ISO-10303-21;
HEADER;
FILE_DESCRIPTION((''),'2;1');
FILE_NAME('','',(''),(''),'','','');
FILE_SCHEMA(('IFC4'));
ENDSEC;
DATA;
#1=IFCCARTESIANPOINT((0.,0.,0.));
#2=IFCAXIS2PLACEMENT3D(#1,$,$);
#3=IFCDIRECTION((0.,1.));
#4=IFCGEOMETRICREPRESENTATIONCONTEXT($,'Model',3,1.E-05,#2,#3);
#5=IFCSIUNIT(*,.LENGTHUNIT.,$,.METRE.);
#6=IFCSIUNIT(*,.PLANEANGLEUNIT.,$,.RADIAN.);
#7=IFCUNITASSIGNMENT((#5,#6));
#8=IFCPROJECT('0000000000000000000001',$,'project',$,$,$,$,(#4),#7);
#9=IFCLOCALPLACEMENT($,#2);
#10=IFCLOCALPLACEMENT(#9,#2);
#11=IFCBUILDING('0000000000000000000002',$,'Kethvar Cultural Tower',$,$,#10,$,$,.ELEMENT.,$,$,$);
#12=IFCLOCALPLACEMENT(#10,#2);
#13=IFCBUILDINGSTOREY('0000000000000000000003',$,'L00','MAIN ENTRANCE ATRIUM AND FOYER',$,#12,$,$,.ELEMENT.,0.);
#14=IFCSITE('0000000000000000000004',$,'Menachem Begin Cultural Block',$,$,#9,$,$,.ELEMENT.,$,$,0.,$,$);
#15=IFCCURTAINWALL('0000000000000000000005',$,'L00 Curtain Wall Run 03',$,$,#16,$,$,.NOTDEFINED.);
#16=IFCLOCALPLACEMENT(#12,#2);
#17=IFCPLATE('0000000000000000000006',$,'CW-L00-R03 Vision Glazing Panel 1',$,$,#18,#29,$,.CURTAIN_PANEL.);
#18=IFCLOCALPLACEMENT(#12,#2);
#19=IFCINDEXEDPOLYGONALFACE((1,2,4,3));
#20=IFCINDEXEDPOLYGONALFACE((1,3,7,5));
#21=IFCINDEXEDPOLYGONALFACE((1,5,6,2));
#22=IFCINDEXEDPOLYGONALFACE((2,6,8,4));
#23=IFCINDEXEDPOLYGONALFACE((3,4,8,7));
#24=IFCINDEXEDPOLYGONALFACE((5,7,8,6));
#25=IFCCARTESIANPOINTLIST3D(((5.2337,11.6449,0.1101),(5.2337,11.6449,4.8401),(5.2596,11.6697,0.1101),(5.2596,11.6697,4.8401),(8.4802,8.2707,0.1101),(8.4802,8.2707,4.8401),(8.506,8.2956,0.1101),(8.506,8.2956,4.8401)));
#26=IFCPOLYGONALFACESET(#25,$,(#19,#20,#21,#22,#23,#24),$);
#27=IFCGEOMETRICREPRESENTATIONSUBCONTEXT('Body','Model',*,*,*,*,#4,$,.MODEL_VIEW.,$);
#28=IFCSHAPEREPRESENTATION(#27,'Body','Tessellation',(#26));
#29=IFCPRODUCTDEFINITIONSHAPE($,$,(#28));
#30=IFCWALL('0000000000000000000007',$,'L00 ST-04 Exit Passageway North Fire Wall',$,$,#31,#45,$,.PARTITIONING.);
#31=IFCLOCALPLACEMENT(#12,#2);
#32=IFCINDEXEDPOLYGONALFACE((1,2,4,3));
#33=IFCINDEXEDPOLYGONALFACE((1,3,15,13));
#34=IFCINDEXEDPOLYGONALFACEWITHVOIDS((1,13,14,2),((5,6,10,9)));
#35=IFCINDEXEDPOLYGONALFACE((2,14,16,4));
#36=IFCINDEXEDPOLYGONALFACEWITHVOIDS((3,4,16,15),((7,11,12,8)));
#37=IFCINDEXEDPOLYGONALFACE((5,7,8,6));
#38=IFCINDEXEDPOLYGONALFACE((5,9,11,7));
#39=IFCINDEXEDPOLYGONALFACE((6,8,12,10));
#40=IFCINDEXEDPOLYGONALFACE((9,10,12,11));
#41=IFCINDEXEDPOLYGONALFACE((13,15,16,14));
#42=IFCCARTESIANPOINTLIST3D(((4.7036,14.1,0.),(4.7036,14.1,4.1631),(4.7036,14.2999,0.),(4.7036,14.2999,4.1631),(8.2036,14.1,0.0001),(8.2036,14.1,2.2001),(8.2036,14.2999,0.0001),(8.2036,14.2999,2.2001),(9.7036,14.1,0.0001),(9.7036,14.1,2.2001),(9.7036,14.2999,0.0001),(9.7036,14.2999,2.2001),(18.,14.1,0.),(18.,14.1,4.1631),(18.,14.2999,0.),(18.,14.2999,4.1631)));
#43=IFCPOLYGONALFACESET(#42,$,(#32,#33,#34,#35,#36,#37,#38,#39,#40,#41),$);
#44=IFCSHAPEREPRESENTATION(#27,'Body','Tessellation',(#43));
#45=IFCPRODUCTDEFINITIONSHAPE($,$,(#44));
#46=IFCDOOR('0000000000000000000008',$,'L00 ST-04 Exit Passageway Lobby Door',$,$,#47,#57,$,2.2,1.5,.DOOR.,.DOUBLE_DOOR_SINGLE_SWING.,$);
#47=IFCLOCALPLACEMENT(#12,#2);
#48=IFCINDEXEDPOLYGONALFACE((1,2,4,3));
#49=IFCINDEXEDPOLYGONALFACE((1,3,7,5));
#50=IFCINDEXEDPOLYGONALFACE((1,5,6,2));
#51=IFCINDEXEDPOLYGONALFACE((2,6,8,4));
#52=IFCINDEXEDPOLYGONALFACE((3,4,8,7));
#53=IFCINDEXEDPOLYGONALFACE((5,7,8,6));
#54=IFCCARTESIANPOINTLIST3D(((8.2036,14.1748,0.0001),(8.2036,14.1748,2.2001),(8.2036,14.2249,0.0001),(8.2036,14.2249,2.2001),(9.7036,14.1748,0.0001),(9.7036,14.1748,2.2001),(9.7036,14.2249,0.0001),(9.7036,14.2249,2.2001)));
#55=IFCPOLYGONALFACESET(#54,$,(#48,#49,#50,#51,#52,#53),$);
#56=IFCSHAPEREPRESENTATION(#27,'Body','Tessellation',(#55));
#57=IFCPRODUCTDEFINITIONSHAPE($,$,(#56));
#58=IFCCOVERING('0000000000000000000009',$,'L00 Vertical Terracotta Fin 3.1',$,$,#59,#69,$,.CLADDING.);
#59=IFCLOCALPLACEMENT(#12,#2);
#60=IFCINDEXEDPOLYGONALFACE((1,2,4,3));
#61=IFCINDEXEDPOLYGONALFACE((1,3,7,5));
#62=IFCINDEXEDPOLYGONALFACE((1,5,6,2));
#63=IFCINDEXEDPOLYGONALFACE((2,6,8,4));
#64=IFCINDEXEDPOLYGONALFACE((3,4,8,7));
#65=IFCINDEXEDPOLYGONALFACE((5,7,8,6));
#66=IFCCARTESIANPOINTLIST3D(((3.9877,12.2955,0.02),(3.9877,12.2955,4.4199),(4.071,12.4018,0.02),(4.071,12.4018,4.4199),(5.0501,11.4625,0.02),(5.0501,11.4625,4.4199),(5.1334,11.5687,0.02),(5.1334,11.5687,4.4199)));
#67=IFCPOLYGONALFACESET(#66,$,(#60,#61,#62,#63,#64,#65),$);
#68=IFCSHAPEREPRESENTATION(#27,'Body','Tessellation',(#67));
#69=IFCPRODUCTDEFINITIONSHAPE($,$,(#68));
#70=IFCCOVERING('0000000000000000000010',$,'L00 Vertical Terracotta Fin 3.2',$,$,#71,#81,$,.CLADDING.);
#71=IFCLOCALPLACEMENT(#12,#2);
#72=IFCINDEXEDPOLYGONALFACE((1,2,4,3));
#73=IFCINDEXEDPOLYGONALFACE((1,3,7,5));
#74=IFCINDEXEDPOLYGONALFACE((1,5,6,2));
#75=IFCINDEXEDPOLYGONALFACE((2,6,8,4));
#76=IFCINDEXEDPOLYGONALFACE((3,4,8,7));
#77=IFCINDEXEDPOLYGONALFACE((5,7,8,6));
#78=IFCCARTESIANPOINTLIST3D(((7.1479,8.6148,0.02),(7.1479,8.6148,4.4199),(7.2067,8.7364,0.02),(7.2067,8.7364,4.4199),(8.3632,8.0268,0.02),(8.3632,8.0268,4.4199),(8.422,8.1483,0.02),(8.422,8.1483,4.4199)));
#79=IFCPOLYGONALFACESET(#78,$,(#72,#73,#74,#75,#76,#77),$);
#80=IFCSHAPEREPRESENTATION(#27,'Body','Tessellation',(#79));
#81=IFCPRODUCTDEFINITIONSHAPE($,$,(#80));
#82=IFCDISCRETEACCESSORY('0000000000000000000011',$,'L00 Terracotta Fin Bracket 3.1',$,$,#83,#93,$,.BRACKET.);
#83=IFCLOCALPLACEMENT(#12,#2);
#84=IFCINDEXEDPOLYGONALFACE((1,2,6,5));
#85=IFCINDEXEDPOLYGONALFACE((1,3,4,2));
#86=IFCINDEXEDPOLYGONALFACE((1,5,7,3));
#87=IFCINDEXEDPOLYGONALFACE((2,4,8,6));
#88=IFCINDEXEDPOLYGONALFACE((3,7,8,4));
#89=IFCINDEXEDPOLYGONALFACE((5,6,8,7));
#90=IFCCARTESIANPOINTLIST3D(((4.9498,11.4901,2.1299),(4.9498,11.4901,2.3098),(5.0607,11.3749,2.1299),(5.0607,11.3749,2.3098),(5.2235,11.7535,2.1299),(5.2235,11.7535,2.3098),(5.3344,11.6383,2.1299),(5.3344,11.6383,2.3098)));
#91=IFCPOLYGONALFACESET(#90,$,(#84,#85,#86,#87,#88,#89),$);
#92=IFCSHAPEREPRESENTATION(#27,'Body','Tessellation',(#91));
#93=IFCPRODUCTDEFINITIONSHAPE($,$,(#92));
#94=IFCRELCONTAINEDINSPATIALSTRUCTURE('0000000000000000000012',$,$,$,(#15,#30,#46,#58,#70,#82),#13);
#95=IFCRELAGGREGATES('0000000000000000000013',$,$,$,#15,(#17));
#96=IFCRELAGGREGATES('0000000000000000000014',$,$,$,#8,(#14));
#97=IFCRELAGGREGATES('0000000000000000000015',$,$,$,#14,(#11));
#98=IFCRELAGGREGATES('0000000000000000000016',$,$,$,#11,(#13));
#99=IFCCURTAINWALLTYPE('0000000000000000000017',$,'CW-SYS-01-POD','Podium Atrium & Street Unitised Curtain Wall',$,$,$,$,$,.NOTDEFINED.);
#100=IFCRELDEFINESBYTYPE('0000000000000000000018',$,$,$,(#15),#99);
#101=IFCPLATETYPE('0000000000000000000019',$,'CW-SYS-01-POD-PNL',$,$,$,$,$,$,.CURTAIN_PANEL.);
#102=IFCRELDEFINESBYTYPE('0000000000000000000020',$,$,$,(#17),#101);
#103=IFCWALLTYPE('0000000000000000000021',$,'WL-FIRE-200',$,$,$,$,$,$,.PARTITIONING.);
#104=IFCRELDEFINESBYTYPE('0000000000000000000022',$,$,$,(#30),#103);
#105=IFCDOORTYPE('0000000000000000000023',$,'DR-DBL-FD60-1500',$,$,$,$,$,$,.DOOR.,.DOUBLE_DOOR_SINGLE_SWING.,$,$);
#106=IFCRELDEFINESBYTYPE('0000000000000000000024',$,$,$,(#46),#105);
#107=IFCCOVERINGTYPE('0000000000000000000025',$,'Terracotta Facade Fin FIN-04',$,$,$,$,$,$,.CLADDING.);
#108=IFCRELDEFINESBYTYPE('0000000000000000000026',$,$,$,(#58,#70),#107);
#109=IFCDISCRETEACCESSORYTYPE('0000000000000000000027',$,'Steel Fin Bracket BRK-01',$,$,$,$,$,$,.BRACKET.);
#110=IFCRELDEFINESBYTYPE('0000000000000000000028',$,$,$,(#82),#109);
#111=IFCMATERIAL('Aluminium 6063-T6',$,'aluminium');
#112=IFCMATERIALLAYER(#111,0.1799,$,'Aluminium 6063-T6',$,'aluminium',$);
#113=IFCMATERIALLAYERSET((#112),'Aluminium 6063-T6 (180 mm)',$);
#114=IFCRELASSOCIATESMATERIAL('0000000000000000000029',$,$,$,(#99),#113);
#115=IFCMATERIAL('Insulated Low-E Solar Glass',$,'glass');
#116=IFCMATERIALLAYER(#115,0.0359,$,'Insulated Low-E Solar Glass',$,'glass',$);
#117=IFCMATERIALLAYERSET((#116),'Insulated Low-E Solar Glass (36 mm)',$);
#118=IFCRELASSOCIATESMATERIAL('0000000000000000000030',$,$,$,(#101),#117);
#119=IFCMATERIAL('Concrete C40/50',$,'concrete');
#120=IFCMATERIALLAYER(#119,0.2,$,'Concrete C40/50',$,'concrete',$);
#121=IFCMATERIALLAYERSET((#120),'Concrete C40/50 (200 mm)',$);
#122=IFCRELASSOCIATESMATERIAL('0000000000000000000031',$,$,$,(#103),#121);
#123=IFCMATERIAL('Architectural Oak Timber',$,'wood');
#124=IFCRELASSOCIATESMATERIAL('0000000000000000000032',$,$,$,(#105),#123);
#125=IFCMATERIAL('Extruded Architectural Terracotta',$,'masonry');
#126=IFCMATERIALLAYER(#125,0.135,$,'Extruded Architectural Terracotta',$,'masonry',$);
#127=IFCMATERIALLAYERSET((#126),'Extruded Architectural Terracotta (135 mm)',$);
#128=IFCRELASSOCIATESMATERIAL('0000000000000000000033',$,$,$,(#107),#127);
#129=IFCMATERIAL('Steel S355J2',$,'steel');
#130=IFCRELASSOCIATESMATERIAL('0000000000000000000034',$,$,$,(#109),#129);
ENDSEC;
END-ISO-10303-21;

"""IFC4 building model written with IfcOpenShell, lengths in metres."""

from ifc_helpers import new_model, si_unit, direction, frame, frame_2d, origin, origin_2d, place, context, subcontext, project, spatial, rectangle, extrude, source, transform, mapped, material, layer, layer_set, type_object, element, fill, aggregate, save


model = new_model("IFC4")

# Units and contexts
model_context = context("Model", 3, precision=1e-05, world=origin(), true_north=direction((0.0, 1.0)))
body_context = subcontext(model_context, "Body", "Model", "MODEL_VIEW")
ifc_project = project(units=[si_unit("LENGTHUNIT", "METRE"), si_unit("PLANEANGLEUNIT", "RADIAN")], contexts=[model_context])

# Site, building, storey
site_placement = place(None, origin())
site = spatial("IfcSite", under=ifc_project, at=site_placement, Name="Menachem Begin Cultural Block", CompositionType="ELEMENT", RefElevation=0.0)
building_placement = place(site_placement, origin())
building = spatial("IfcBuilding", under=site, at=building_placement, Name="Kethvar Cultural Tower", CompositionType="ELEMENT")
storey_placement = place(building_placement, origin())
storey = spatial("IfcBuildingStorey", under=building, at=storey_placement, Name="L00", Description="MAIN ENTRANCE ATRIUM AND FOYER", CompositionType="ELEMENT", Elevation=0.0)

# Shared definitions
ifc_material_1 = material(Name="Steel S355J2", Category="steel")

# Curtain wall, plate
ifc_material_2 = material(Name="Aluminium 6063-T6", Category="aluminium")
ifc_layer_1 = layer(ifc_material_2, 0.1799, Name="Aluminium 6063-T6", Category="aluminium")
ifc_layer_set_1 = layer_set([ifc_layer_1], Name="Aluminium 6063-T6 (180 mm)")
curtain_wall_type = type_object("IfcCurtainWallType", Name="CW-SYS-01-POD", Description="Podium Atrium & Street Unitised Curtain Wall", PredefinedType="NOTDEFINED", material=ifc_layer_set_1)
curtain_wall_placement = place(storey_placement, origin())
curtain_wall = element("IfcCurtainWall", 1, at=curtain_wall_placement, inside=storey, type_object=curtain_wall_type, Name="L00 Curtain Wall Run 03", PredefinedType="NOTDEFINED")
ifc_material_3 = material(Name="Insulated Low-E Solar Glass", Category="glass")
ifc_layer_2 = layer(ifc_material_3, 0.0359, Name="Insulated Low-E Solar Glass", Category="glass")
ifc_layer_set_2 = layer_set([ifc_layer_2], Name="Insulated Low-E Solar Glass (36 mm)")
plate_type = type_object("IfcPlateType", Name="CW-SYS-01-POD-PNL", PredefinedType="CURTAIN_PANEL", material=ifc_layer_set_2)
shared_shape_1 = source(origin(), body_context, "Body", "SweptSolid", [
    extrude(rectangle(XDim=4.6824, YDim=0.0359, at=origin_2d()), origin(), (0.0, 0.0, 1.0), 4.73),
])
plate_placement = place(storey_placement, frame((6.8699, 9.9702, 0.1101), z_axis=(0.0, 0.0, 1.0), x_axis=(0.693339, -0.720612, 0.0)))
plate = element("IfcPlate", 2, at=plate_placement, type_object=plate_type, Name="CW-L00-R03 Vision Glazing Panel 1", PredefinedType="CURTAIN_PANEL", context=body_context, shape_type="MappedRepresentation", body=[
    mapped(shared_shape_1, transform((0.0, 0.0, 0.0), scale=1.0)),
])
aggregate(curtain_wall, [plate])

# Wall, opening, door
ifc_material_4 = material(Name="Concrete C40/50", Category="concrete")
ifc_layer_3 = layer(ifc_material_4, 0.2, Name="Concrete C40/50", Category="concrete")
ifc_layer_set_3 = layer_set([ifc_layer_3], Name="Concrete C40/50 (200 mm)")
wall_type_1 = type_object("IfcWallType", Name="WL-FIRE-200", PredefinedType="PARTITIONING", material=ifc_layer_set_3)
wall_1_placement = place(storey_placement, frame((4.7036, 14.2, 0.0), z_axis=(0.0, 0.0, 1.0), x_axis=(1.0, 0.0, 0.0)))
wall_1 = element("IfcWall", 3, at=wall_1_placement, inside=storey, type_object=wall_type_1, Name="L00 ST-04 Exit Passageway North Fire Wall", PredefinedType="PARTITIONING", context=body_context, shape_type="SweptSolid", body=[
    extrude(rectangle(XDim=13.2964, YDim=0.2, at=frame_2d((6.6482, 0.0))), origin(), (0.0, 0.0, 1.0), 4.1631),
])
opening_1_placement = place(wall_1_placement, frame((3.5, 0.0, 0.0)))
opening_1 = element("IfcOpeningElement", 4, at=opening_1_placement, cuts=wall_1, PredefinedType="OPENING", context=body_context, shape_type="SweptSolid", body=[
    extrude(rectangle(XDim=1.5, YDim=2.2, at=frame_2d((0.75, 1.1001))), frame((0.0, 0.1099, 0.0), z_axis=(0.0, -1.0, 0.0), x_axis=(1.0, 0.0, 0.0)), (0.0, 0.0, 1.0), 0.22),
])
ifc_material_5 = material(Name="Architectural Oak Timber", Category="wood")
door_type_1 = type_object("IfcDoorType", Name="DR-DBL-FD60-1500", OperationType="DOUBLE_DOOR_SINGLE_SWING", PredefinedType="DOOR", material=ifc_material_5)
shared_shape_2 = source(origin(), body_context, "Body", "SweptSolid", [
    extrude(rectangle(XDim=1.5, YDim=2.2, at=frame_2d((0.75, 1.1001))), frame((0.0, 0.0249, 0.0), z_axis=(0.0, -1.0, 0.0), x_axis=(1.0, 0.0, 0.0)), (0.0, 0.0, 1.0), 0.05),
])
door_1_placement = place(opening_1_placement, origin())
door_1 = element("IfcDoor", 5, at=door_1_placement, inside=storey, type_object=door_type_1, Name="L00 ST-04 Exit Passageway Lobby Door", OperationType="DOUBLE_DOOR_SINGLE_SWING", OverallHeight=2.2, OverallWidth=1.5, PredefinedType="DOOR", context=body_context, shape_type="MappedRepresentation", body=[
    mapped(shared_shape_2, transform((0.0, 0.0, 0.0), scale=1.0)),
])
fill(opening_1, door_1)

# Coverings
ifc_material_6 = material(Name="Extruded Architectural Terracotta", Category="masonry")
ifc_layer_4 = layer(ifc_material_6, 0.135, Name="Extruded Architectural Terracotta", Category="masonry")
ifc_layer_set_4 = layer_set([ifc_layer_4], Name="Extruded Architectural Terracotta (135 mm)")
covering_type = type_object("IfcCoveringType", Name="Terracotta Facade Fin FIN-04", PredefinedType="CLADDING", material=ifc_layer_set_4)
shared_shape_3 = source(origin(), body_context, "Body", "SweptSolid", [
    extrude(rectangle(XDim=1.3501, YDim=0.135, at=origin_2d()), origin(), (0.0, 0.0, 1.0), 4.3999),
])
for number, where, z_axis, x_axis, name in (
    (6, (4.5605, 11.9321, 0.02), (0.0, 0.0, 1.0), (-0.786935, 0.617036, 0.0), "L00 Vertical Terracotta Fin 3.1"),
    (7, (7.7849, 8.3816, 0.02), (0.0, 0.0, 1.0), (-0.900167, 0.435545, 0.0), "L00 Vertical Terracotta Fin 3.2"),
):
    element("IfcCovering", number, at=place(storey_placement, frame(where, z_axis=z_axis, x_axis=x_axis)), inside=storey, type_object=covering_type, Name=name, PredefinedType="CLADDING", context=body_context, shape_type="MappedRepresentation", body=[
        mapped(shared_shape_3, transform((0.0, 0.0, 0.0), scale=1.0)),
    ])

# Discrete accessory
discrete_accessory_type = type_object("IfcDiscreteAccessoryType", Name="Steel Fin Bracket BRK-01", PredefinedType="BRACKET", material=ifc_material_1)
shared_shape_4 = source(origin(), body_context, "Body", "SweptSolid", [
    extrude(rectangle(XDim=0.3799, YDim=0.1599, at=origin_2d()), origin(), (0.0, 0.0, 1.0), 0.1799),
])
discrete_accessory_placement = place(storey_placement, frame((5.1421, 11.5642, 2.1299), z_axis=(0.0, 0.0, 1.0), x_axis=(-0.720551, -0.693402, 0.0)))
element("IfcDiscreteAccessory", 8, at=discrete_accessory_placement, inside=storey, type_object=discrete_accessory_type, Name="L00 Terracotta Fin Bracket 3.1", PredefinedType="BRACKET", context=body_context, shape_type="MappedRepresentation", body=[
    mapped(shared_shape_4, transform((0.0, 0.0, 0.0), scale=1.0)),
])

save(model, "model.ifc")
